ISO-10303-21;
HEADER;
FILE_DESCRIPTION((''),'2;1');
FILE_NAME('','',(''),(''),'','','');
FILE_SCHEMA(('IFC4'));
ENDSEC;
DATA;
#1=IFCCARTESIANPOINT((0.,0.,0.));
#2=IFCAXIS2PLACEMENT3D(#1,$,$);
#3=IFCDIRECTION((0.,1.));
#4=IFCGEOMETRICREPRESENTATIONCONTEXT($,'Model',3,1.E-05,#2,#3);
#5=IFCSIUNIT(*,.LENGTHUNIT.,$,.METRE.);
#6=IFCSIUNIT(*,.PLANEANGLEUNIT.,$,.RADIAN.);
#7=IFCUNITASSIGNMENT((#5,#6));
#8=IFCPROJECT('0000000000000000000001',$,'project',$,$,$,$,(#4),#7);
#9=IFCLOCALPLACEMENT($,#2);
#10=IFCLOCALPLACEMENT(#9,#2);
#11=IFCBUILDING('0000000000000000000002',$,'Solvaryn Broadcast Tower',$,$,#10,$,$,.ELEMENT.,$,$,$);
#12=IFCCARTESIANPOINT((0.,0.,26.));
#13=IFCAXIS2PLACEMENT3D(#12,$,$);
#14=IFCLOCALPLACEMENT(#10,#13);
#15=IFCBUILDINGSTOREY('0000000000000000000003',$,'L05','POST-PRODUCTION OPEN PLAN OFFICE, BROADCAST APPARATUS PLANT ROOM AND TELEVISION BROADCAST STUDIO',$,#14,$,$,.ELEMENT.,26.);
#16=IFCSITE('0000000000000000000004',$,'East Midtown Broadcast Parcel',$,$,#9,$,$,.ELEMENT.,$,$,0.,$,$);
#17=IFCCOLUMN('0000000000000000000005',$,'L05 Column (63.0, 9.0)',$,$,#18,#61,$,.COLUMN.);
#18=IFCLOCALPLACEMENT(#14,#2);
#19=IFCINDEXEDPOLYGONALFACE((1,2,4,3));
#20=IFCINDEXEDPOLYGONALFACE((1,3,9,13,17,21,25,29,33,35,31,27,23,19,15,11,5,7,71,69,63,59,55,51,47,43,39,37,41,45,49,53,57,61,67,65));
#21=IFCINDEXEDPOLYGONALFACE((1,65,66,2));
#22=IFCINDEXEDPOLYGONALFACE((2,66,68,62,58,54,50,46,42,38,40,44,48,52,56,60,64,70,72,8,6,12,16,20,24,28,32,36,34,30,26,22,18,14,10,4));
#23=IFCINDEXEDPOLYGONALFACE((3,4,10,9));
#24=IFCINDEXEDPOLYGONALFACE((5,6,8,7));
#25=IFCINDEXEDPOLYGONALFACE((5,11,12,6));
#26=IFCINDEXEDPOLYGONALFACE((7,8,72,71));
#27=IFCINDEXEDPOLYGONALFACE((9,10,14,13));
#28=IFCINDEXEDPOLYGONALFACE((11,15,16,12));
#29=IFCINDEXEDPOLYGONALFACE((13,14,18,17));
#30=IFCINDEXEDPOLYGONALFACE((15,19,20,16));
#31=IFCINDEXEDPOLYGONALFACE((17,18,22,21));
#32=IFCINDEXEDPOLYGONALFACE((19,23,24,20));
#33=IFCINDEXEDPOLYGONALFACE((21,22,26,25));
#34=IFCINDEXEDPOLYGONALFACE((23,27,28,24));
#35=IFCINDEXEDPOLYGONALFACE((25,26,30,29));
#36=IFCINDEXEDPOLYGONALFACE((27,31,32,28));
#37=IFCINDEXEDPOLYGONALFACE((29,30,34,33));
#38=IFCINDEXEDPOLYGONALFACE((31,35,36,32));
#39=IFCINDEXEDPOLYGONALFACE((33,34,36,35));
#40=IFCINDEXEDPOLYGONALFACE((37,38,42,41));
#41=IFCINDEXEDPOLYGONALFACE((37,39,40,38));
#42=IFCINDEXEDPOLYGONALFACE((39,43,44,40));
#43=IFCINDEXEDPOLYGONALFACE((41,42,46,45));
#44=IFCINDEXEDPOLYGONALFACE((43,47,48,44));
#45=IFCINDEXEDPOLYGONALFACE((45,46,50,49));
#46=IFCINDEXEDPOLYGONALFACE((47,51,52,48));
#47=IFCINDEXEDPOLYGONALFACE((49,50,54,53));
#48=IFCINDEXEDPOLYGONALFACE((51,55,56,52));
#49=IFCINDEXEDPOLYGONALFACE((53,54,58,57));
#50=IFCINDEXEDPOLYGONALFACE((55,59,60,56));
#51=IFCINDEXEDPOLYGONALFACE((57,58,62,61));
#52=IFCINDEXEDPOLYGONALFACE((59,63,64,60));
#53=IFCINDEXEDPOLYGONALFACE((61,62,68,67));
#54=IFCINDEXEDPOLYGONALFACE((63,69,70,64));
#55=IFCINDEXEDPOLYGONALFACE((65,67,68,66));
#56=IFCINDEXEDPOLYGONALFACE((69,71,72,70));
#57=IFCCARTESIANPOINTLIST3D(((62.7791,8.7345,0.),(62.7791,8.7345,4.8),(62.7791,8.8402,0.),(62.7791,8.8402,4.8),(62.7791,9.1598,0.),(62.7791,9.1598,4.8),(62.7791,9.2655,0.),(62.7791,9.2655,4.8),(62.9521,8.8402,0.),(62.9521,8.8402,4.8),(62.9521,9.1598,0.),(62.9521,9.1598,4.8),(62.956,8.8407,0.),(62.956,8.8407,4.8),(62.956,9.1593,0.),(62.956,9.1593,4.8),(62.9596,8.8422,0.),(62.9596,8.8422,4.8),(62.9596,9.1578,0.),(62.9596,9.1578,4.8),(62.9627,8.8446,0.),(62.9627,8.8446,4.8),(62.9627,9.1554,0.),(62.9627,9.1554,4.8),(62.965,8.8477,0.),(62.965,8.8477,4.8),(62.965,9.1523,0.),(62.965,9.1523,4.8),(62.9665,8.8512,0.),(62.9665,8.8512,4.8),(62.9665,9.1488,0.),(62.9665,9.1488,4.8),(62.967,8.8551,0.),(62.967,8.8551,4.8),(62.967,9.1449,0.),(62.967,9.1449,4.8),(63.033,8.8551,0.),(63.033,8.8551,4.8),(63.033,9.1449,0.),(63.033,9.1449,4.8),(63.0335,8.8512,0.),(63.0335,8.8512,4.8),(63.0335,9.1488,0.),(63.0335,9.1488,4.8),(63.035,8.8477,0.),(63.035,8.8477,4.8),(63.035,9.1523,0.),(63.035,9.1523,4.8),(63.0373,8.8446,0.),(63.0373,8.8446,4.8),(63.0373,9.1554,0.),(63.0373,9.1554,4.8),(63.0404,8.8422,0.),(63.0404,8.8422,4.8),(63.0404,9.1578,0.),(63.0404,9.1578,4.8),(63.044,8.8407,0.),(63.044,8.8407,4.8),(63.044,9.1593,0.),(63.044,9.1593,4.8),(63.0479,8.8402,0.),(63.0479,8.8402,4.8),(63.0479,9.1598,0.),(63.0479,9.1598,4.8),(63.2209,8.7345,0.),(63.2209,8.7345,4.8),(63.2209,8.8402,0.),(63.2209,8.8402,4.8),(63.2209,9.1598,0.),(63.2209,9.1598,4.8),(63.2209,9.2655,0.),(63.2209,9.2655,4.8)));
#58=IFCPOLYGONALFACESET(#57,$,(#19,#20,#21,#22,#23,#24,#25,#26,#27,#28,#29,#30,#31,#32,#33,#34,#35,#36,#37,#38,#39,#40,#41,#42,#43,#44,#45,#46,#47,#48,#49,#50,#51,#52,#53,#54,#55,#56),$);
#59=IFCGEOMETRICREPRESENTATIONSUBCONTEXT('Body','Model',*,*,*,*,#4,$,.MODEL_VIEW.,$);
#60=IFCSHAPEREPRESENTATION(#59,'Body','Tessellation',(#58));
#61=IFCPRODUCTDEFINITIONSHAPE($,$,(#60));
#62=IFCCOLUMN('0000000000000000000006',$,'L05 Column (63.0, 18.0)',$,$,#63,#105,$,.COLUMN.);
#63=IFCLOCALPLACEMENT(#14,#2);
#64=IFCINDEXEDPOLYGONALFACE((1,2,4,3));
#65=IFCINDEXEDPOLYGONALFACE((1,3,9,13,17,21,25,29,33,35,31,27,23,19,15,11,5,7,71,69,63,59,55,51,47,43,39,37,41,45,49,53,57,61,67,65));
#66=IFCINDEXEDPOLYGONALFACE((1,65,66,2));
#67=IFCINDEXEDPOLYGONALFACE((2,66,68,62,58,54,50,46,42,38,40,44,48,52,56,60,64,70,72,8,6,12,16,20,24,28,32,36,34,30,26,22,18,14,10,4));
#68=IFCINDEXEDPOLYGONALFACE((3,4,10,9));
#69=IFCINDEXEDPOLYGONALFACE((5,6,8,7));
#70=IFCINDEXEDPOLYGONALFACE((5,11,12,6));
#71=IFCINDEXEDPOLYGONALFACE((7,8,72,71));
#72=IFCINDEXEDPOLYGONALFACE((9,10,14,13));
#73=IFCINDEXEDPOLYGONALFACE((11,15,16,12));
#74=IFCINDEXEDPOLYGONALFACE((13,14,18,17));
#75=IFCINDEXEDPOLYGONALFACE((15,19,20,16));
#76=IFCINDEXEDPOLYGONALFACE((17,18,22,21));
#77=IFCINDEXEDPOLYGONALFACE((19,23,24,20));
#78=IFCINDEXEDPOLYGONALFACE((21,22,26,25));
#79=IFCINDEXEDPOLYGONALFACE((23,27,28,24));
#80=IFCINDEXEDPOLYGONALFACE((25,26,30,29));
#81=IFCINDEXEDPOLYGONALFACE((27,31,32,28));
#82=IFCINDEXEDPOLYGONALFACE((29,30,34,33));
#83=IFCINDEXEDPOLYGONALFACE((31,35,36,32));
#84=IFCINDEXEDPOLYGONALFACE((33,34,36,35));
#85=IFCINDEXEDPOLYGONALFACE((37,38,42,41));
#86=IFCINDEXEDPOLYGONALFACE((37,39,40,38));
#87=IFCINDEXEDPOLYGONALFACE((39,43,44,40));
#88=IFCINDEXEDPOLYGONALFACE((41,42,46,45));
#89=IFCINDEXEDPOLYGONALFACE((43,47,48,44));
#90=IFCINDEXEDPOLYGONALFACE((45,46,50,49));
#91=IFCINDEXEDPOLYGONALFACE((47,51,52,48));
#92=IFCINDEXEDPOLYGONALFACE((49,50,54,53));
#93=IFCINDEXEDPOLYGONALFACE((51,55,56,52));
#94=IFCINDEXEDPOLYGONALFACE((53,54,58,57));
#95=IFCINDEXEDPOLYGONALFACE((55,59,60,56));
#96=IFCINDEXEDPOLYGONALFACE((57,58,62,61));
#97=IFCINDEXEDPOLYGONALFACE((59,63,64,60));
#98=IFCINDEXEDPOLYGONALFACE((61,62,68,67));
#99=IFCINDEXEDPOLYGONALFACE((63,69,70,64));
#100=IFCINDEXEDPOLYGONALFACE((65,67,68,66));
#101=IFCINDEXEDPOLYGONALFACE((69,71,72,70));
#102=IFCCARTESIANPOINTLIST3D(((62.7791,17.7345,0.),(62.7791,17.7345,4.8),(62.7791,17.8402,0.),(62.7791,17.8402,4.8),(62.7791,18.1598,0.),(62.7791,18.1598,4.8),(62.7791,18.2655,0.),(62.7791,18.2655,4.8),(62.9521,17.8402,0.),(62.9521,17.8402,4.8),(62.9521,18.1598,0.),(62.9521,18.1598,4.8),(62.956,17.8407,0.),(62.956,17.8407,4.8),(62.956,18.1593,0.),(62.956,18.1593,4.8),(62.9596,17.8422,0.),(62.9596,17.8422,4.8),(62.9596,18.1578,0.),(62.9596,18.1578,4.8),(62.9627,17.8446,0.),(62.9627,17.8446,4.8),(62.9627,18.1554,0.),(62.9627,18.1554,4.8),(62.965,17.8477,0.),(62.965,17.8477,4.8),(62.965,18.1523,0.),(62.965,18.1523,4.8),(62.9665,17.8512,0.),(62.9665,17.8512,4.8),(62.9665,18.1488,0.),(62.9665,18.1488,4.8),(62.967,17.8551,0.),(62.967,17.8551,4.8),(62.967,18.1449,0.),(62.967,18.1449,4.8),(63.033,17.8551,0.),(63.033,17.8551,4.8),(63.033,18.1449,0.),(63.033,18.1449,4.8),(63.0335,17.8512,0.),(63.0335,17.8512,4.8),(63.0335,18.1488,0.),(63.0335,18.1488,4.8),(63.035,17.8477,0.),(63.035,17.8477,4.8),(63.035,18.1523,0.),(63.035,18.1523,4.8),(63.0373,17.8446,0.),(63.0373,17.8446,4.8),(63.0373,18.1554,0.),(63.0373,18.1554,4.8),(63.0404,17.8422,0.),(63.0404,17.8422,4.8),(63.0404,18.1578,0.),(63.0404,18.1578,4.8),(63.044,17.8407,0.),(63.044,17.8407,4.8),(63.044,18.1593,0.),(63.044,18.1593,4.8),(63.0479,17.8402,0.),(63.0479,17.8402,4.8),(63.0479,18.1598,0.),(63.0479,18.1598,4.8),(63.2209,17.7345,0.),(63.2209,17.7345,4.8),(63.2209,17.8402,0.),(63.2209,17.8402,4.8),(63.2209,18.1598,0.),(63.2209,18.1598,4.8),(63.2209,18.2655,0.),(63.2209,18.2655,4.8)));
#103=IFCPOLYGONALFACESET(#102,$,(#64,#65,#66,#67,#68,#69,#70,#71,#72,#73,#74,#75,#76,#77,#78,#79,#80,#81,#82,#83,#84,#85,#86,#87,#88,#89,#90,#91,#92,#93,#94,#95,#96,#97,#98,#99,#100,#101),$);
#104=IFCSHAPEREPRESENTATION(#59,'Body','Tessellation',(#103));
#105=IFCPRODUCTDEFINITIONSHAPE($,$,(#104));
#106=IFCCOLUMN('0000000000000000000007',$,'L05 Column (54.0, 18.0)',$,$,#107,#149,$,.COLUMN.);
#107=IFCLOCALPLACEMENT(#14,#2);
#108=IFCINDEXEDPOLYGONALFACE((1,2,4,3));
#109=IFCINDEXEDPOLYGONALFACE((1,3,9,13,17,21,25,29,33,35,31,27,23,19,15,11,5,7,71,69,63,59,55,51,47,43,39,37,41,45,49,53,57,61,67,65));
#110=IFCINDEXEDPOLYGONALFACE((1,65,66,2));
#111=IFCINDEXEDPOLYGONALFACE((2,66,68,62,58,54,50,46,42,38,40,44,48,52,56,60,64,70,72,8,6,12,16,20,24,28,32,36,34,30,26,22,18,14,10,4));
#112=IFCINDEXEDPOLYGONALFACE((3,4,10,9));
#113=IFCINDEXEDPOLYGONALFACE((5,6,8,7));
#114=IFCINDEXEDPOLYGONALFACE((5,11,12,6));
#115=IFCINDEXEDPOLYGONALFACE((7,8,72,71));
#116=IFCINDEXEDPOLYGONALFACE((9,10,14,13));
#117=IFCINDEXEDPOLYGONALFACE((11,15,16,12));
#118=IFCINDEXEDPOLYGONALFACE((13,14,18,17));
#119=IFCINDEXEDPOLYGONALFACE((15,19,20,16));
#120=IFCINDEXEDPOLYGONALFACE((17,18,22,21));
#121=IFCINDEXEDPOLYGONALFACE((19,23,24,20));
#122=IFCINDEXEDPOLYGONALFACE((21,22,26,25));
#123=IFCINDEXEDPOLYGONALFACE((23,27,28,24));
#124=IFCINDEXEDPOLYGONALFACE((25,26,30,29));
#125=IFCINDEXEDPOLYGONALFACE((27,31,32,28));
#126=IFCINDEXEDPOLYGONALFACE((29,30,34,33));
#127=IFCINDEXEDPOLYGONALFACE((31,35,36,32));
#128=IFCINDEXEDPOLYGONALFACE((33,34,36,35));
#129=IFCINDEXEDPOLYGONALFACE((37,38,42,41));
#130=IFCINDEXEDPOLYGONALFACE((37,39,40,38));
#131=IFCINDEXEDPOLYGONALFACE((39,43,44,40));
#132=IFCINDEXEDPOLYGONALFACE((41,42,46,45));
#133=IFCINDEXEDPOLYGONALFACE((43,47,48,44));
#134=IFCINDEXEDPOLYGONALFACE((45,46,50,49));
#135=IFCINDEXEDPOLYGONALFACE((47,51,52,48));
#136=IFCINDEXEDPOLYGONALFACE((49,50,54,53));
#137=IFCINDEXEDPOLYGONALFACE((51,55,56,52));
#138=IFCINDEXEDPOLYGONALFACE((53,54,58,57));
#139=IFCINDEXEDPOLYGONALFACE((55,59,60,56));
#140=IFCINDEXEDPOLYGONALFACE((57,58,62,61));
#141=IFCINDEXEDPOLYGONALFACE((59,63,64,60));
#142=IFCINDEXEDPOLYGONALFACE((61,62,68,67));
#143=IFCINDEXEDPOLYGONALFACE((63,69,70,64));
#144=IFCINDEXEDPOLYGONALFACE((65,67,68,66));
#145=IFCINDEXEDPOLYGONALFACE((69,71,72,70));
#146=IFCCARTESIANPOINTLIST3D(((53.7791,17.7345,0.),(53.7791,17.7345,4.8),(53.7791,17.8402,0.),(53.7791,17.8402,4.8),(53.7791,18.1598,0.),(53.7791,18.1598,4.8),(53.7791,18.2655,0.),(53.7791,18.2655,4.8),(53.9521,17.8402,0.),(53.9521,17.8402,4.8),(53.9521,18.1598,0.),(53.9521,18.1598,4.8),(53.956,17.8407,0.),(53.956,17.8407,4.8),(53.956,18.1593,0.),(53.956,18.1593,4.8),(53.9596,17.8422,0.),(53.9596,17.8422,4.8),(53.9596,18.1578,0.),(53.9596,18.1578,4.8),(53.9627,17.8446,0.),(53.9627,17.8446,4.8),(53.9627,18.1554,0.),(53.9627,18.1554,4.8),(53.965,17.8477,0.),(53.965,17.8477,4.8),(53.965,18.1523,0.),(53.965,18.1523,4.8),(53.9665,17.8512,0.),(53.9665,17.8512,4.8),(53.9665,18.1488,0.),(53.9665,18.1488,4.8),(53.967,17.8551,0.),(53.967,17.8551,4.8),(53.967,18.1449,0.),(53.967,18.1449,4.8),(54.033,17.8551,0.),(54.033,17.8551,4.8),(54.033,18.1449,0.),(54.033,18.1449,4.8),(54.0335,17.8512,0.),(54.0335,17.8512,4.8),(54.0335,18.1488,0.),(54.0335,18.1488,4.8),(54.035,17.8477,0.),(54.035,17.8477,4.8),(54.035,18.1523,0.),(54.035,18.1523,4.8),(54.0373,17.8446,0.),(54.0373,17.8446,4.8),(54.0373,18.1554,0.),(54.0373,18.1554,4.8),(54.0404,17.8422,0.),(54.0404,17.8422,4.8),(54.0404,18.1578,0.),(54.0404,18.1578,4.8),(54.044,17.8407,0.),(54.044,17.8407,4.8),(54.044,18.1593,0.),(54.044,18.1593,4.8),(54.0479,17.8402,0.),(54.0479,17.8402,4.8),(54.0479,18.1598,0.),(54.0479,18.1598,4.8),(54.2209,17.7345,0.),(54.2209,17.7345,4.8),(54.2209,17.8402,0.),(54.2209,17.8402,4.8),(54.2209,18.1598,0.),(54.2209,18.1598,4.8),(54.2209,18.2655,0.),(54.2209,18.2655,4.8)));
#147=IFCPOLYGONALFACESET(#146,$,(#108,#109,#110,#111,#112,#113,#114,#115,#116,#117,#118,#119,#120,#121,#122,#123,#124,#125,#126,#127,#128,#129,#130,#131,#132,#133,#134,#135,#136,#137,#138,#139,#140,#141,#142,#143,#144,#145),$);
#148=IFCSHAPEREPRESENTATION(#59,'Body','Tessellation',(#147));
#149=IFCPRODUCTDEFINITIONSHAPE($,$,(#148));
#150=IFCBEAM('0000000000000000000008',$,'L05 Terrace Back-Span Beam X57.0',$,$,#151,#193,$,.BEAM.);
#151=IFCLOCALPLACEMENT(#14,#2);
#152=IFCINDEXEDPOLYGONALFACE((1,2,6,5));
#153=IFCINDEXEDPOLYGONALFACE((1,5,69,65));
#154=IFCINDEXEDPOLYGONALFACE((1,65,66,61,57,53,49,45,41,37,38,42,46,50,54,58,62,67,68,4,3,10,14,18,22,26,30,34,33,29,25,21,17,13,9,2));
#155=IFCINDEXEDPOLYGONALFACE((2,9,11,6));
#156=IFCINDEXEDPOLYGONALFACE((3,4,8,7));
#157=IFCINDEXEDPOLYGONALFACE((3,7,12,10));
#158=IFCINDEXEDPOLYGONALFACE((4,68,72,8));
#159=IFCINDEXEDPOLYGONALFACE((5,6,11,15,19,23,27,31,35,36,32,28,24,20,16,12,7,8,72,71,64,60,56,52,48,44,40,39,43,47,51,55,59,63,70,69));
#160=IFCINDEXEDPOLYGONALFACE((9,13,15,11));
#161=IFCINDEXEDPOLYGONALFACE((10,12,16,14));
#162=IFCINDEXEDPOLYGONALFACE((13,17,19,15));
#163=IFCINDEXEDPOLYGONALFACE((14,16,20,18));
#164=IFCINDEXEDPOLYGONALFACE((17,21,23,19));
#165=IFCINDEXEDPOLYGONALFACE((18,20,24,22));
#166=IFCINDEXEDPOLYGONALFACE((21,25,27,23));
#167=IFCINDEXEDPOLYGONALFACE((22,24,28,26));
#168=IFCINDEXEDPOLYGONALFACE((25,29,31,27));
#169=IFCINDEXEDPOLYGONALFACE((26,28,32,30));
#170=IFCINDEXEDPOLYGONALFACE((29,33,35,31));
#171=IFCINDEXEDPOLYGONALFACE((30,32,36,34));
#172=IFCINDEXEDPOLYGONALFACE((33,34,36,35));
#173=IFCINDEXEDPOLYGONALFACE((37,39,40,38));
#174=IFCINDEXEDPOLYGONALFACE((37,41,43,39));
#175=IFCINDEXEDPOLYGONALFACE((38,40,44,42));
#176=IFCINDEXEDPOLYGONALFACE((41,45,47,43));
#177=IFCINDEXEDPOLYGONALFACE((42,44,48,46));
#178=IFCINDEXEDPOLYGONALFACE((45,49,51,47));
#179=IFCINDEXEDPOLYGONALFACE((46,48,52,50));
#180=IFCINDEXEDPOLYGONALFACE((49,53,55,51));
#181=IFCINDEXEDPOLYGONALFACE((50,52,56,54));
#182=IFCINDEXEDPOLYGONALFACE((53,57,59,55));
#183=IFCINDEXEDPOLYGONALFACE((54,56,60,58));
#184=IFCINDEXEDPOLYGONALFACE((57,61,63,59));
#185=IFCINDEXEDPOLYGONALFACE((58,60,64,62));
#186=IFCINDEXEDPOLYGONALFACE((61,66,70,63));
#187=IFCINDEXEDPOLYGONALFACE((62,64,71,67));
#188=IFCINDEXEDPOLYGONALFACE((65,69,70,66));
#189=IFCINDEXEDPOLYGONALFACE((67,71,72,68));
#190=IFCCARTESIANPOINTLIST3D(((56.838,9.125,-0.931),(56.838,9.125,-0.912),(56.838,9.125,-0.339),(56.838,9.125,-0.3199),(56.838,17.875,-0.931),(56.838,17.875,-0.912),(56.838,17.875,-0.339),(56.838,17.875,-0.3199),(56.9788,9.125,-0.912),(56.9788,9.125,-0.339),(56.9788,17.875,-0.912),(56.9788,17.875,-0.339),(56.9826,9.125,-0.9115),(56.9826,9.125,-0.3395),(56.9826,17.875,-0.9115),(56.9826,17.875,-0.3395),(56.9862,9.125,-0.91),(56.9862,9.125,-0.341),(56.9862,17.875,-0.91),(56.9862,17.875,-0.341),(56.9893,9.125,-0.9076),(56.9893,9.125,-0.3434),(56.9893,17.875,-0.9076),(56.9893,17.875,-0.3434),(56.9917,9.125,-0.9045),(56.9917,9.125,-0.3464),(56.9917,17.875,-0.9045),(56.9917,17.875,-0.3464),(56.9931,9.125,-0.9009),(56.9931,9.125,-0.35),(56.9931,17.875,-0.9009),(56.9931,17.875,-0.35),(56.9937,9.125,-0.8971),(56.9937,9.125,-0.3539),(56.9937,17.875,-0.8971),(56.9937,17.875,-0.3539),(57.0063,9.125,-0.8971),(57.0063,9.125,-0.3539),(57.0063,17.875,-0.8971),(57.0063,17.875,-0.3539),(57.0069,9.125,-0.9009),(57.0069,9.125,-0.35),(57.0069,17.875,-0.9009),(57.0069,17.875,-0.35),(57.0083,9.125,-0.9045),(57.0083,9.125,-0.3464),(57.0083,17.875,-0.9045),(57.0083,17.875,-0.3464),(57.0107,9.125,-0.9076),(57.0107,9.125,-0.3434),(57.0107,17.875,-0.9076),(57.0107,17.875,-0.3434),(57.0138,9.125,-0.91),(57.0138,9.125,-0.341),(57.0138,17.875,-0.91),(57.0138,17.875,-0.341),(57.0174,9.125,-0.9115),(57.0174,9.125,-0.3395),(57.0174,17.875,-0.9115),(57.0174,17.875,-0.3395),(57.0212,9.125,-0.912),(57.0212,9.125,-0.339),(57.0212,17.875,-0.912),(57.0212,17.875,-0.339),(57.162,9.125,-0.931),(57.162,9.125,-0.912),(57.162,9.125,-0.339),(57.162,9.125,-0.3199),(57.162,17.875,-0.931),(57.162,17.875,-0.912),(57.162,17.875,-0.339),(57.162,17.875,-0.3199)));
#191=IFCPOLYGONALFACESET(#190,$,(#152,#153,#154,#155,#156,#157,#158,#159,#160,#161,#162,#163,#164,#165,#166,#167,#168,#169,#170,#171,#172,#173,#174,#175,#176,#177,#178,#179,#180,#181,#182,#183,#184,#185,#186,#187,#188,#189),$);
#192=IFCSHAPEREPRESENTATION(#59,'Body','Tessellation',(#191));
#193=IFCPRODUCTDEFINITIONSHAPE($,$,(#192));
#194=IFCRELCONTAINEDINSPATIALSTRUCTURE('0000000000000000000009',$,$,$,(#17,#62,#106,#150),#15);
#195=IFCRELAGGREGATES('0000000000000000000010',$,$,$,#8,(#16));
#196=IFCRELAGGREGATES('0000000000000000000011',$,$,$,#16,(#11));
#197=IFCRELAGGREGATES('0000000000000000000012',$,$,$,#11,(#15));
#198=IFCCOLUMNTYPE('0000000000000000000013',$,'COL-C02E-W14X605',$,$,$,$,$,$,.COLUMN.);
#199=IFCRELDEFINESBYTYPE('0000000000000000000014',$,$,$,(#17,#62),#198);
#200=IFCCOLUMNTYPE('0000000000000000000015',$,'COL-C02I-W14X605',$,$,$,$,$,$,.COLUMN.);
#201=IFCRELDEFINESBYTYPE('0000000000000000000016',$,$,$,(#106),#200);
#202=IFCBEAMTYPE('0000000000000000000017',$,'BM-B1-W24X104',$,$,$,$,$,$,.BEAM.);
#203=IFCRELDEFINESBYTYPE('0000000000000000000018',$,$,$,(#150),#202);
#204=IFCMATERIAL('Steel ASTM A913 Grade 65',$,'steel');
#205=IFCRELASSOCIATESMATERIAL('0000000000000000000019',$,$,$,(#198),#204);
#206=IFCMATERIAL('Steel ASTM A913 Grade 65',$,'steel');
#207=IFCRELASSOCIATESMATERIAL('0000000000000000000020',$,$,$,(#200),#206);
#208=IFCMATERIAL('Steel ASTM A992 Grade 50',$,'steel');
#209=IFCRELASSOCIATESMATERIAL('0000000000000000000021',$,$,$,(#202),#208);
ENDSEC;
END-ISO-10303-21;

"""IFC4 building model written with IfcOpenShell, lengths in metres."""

from ifc_helpers import new_model, si_unit, direction, frame, origin, origin_2d, place, context, subcontext, project, spatial, i_section, extrude, material, material_profile, profile_set, type_object, element, save


model = new_model("IFC4")

# Units and contexts
model_context = context("Model", 3, precision=1e-05, world=origin(), true_north=direction((0.0, 1.0)))
body_context = subcontext(model_context, "Body", "Model", "MODEL_VIEW")
ifc_project = project(units=[si_unit("LENGTHUNIT", "METRE"), si_unit("PLANEANGLEUNIT", "RADIAN")], contexts=[model_context])

# Site, building, storey
site_placement = place(None, origin())
site = spatial("IfcSite", under=ifc_project, at=site_placement, Name="East Midtown Broadcast Parcel", CompositionType="ELEMENT", RefElevation=0.0)
building_placement = place(site_placement, origin())
building = spatial("IfcBuilding", under=site, at=building_placement, Name="Solvaryn Broadcast Tower", CompositionType="ELEMENT")
storey_placement = place(building_placement, frame((0.0, 0.0, 26.0)))
storey = spatial("IfcBuildingStorey", under=building, at=storey_placement, Name="L05", Description="POST-PRODUCTION OPEN PLAN OFFICE, BROADCAST APPARATUS PLANT ROOM AND TELEVISION BROADCAST STUDIO", CompositionType="ELEMENT", Elevation=26.0)

# Columns
ifc_material_1 = material(Name="Steel ASTM A913 Grade 65", Category="steel")
ifc_material_profile_1 = material_profile(ifc_material_1, i_section(OverallWidth=0.4419, OverallDepth=0.531, WebThickness=0.0659, FlangeThickness=0.1057, FilletRadius=0.0149, at=origin_2d()))
ifc_profile_set_1 = profile_set([ifc_material_profile_1], Name="Steel ASTM A913 Grade 65")
column_type_1 = type_object("IfcColumnType", Name="COL-C02E-W14X605", PredefinedType="COLUMN", material=ifc_profile_set_1)
for number, where, z_axis, x_axis, name in (
    (1, (63.0, 9.0, 0.0), (0.0, 0.0, 1.0), (1.0, 0.0, 0.0), "L05 Column (63.0, 9.0)"),
    (2, (63.0, 18.0, 0.0), (0.0, 0.0, 1.0), (1.0, 0.0, 0.0), "L05 Column (63.0, 18.0)"),
):
    element("IfcColumn", number, at=place(storey_placement, frame(where, z_axis=z_axis, x_axis=x_axis)), inside=storey, type_object=column_type_1, Name=name, PredefinedType="COLUMN", context=body_context, shape_type="SweptSolid", body=[
        extrude(i_section(OverallWidth=0.4419, OverallDepth=0.531, WebThickness=0.0659, FlangeThickness=0.1057, FilletRadius=0.0149, at=origin_2d()), origin(), (0.0, 0.0, 1.0), 4.8),
    ])
ifc_material_2 = material(Name="Steel ASTM A913 Grade 65", Category="steel")
ifc_material_profile_2 = material_profile(ifc_material_2, i_section(OverallWidth=0.4419, OverallDepth=0.531, WebThickness=0.0659, FlangeThickness=0.1057, FilletRadius=0.0149, at=origin_2d()))
ifc_profile_set_2 = profile_set([ifc_material_profile_2], Name="Steel ASTM A913 Grade 65")
column_type_2 = type_object("IfcColumnType", Name="COL-C02I-W14X605", PredefinedType="COLUMN", material=ifc_profile_set_2)
column_placement = place(storey_placement, frame((54.0, 18.0, 0.0), z_axis=(0.0, 0.0, 1.0), x_axis=(1.0, 0.0, 0.0)))
element("IfcColumn", 3, at=column_placement, inside=storey, type_object=column_type_2, Name="L05 Column (54.0, 18.0)", PredefinedType="COLUMN", context=body_context, shape_type="SweptSolid", body=[
    extrude(i_section(OverallWidth=0.4419, OverallDepth=0.531, WebThickness=0.0659, FlangeThickness=0.1057, FilletRadius=0.0149, at=origin_2d()), origin(), (0.0, 0.0, 1.0), 4.8),
])

# Beam
ifc_material_3 = material(Name="Steel ASTM A992 Grade 50", Category="steel")
ifc_material_profile_3 = material_profile(ifc_material_3, i_section(OverallWidth=0.324, OverallDepth=0.6111, WebThickness=0.0127, FlangeThickness=0.019, FilletRadius=0.0149, at=origin_2d()))
ifc_profile_set_3 = profile_set([ifc_material_profile_3], Name="Steel ASTM A992 Grade 50")
beam_type_1 = type_object("IfcBeamType", Name="BM-B1-W24X104", PredefinedType="BEAM", material=ifc_profile_set_3)
beam_1_placement = place(storey_placement, frame((57.0, 17.875, -0.6255), z_axis=(0.0, -1.0, 0.0), x_axis=(1.0, 0.0, 0.0)))
element("IfcBeam", 4, at=beam_1_placement, inside=storey, type_object=beam_type_1, Name="L05 Terrace Back-Span Beam X57.0", PredefinedType="BEAM", context=body_context, shape_type="SweptSolid", body=[
    extrude(i_section(OverallWidth=0.324, OverallDepth=0.6111, WebThickness=0.0127, FlangeThickness=0.019, FilletRadius=0.0149, at=origin_2d()), origin(), (0.0, 0.0, 1.0), 8.75),
])

save(model, "model.ifc")
